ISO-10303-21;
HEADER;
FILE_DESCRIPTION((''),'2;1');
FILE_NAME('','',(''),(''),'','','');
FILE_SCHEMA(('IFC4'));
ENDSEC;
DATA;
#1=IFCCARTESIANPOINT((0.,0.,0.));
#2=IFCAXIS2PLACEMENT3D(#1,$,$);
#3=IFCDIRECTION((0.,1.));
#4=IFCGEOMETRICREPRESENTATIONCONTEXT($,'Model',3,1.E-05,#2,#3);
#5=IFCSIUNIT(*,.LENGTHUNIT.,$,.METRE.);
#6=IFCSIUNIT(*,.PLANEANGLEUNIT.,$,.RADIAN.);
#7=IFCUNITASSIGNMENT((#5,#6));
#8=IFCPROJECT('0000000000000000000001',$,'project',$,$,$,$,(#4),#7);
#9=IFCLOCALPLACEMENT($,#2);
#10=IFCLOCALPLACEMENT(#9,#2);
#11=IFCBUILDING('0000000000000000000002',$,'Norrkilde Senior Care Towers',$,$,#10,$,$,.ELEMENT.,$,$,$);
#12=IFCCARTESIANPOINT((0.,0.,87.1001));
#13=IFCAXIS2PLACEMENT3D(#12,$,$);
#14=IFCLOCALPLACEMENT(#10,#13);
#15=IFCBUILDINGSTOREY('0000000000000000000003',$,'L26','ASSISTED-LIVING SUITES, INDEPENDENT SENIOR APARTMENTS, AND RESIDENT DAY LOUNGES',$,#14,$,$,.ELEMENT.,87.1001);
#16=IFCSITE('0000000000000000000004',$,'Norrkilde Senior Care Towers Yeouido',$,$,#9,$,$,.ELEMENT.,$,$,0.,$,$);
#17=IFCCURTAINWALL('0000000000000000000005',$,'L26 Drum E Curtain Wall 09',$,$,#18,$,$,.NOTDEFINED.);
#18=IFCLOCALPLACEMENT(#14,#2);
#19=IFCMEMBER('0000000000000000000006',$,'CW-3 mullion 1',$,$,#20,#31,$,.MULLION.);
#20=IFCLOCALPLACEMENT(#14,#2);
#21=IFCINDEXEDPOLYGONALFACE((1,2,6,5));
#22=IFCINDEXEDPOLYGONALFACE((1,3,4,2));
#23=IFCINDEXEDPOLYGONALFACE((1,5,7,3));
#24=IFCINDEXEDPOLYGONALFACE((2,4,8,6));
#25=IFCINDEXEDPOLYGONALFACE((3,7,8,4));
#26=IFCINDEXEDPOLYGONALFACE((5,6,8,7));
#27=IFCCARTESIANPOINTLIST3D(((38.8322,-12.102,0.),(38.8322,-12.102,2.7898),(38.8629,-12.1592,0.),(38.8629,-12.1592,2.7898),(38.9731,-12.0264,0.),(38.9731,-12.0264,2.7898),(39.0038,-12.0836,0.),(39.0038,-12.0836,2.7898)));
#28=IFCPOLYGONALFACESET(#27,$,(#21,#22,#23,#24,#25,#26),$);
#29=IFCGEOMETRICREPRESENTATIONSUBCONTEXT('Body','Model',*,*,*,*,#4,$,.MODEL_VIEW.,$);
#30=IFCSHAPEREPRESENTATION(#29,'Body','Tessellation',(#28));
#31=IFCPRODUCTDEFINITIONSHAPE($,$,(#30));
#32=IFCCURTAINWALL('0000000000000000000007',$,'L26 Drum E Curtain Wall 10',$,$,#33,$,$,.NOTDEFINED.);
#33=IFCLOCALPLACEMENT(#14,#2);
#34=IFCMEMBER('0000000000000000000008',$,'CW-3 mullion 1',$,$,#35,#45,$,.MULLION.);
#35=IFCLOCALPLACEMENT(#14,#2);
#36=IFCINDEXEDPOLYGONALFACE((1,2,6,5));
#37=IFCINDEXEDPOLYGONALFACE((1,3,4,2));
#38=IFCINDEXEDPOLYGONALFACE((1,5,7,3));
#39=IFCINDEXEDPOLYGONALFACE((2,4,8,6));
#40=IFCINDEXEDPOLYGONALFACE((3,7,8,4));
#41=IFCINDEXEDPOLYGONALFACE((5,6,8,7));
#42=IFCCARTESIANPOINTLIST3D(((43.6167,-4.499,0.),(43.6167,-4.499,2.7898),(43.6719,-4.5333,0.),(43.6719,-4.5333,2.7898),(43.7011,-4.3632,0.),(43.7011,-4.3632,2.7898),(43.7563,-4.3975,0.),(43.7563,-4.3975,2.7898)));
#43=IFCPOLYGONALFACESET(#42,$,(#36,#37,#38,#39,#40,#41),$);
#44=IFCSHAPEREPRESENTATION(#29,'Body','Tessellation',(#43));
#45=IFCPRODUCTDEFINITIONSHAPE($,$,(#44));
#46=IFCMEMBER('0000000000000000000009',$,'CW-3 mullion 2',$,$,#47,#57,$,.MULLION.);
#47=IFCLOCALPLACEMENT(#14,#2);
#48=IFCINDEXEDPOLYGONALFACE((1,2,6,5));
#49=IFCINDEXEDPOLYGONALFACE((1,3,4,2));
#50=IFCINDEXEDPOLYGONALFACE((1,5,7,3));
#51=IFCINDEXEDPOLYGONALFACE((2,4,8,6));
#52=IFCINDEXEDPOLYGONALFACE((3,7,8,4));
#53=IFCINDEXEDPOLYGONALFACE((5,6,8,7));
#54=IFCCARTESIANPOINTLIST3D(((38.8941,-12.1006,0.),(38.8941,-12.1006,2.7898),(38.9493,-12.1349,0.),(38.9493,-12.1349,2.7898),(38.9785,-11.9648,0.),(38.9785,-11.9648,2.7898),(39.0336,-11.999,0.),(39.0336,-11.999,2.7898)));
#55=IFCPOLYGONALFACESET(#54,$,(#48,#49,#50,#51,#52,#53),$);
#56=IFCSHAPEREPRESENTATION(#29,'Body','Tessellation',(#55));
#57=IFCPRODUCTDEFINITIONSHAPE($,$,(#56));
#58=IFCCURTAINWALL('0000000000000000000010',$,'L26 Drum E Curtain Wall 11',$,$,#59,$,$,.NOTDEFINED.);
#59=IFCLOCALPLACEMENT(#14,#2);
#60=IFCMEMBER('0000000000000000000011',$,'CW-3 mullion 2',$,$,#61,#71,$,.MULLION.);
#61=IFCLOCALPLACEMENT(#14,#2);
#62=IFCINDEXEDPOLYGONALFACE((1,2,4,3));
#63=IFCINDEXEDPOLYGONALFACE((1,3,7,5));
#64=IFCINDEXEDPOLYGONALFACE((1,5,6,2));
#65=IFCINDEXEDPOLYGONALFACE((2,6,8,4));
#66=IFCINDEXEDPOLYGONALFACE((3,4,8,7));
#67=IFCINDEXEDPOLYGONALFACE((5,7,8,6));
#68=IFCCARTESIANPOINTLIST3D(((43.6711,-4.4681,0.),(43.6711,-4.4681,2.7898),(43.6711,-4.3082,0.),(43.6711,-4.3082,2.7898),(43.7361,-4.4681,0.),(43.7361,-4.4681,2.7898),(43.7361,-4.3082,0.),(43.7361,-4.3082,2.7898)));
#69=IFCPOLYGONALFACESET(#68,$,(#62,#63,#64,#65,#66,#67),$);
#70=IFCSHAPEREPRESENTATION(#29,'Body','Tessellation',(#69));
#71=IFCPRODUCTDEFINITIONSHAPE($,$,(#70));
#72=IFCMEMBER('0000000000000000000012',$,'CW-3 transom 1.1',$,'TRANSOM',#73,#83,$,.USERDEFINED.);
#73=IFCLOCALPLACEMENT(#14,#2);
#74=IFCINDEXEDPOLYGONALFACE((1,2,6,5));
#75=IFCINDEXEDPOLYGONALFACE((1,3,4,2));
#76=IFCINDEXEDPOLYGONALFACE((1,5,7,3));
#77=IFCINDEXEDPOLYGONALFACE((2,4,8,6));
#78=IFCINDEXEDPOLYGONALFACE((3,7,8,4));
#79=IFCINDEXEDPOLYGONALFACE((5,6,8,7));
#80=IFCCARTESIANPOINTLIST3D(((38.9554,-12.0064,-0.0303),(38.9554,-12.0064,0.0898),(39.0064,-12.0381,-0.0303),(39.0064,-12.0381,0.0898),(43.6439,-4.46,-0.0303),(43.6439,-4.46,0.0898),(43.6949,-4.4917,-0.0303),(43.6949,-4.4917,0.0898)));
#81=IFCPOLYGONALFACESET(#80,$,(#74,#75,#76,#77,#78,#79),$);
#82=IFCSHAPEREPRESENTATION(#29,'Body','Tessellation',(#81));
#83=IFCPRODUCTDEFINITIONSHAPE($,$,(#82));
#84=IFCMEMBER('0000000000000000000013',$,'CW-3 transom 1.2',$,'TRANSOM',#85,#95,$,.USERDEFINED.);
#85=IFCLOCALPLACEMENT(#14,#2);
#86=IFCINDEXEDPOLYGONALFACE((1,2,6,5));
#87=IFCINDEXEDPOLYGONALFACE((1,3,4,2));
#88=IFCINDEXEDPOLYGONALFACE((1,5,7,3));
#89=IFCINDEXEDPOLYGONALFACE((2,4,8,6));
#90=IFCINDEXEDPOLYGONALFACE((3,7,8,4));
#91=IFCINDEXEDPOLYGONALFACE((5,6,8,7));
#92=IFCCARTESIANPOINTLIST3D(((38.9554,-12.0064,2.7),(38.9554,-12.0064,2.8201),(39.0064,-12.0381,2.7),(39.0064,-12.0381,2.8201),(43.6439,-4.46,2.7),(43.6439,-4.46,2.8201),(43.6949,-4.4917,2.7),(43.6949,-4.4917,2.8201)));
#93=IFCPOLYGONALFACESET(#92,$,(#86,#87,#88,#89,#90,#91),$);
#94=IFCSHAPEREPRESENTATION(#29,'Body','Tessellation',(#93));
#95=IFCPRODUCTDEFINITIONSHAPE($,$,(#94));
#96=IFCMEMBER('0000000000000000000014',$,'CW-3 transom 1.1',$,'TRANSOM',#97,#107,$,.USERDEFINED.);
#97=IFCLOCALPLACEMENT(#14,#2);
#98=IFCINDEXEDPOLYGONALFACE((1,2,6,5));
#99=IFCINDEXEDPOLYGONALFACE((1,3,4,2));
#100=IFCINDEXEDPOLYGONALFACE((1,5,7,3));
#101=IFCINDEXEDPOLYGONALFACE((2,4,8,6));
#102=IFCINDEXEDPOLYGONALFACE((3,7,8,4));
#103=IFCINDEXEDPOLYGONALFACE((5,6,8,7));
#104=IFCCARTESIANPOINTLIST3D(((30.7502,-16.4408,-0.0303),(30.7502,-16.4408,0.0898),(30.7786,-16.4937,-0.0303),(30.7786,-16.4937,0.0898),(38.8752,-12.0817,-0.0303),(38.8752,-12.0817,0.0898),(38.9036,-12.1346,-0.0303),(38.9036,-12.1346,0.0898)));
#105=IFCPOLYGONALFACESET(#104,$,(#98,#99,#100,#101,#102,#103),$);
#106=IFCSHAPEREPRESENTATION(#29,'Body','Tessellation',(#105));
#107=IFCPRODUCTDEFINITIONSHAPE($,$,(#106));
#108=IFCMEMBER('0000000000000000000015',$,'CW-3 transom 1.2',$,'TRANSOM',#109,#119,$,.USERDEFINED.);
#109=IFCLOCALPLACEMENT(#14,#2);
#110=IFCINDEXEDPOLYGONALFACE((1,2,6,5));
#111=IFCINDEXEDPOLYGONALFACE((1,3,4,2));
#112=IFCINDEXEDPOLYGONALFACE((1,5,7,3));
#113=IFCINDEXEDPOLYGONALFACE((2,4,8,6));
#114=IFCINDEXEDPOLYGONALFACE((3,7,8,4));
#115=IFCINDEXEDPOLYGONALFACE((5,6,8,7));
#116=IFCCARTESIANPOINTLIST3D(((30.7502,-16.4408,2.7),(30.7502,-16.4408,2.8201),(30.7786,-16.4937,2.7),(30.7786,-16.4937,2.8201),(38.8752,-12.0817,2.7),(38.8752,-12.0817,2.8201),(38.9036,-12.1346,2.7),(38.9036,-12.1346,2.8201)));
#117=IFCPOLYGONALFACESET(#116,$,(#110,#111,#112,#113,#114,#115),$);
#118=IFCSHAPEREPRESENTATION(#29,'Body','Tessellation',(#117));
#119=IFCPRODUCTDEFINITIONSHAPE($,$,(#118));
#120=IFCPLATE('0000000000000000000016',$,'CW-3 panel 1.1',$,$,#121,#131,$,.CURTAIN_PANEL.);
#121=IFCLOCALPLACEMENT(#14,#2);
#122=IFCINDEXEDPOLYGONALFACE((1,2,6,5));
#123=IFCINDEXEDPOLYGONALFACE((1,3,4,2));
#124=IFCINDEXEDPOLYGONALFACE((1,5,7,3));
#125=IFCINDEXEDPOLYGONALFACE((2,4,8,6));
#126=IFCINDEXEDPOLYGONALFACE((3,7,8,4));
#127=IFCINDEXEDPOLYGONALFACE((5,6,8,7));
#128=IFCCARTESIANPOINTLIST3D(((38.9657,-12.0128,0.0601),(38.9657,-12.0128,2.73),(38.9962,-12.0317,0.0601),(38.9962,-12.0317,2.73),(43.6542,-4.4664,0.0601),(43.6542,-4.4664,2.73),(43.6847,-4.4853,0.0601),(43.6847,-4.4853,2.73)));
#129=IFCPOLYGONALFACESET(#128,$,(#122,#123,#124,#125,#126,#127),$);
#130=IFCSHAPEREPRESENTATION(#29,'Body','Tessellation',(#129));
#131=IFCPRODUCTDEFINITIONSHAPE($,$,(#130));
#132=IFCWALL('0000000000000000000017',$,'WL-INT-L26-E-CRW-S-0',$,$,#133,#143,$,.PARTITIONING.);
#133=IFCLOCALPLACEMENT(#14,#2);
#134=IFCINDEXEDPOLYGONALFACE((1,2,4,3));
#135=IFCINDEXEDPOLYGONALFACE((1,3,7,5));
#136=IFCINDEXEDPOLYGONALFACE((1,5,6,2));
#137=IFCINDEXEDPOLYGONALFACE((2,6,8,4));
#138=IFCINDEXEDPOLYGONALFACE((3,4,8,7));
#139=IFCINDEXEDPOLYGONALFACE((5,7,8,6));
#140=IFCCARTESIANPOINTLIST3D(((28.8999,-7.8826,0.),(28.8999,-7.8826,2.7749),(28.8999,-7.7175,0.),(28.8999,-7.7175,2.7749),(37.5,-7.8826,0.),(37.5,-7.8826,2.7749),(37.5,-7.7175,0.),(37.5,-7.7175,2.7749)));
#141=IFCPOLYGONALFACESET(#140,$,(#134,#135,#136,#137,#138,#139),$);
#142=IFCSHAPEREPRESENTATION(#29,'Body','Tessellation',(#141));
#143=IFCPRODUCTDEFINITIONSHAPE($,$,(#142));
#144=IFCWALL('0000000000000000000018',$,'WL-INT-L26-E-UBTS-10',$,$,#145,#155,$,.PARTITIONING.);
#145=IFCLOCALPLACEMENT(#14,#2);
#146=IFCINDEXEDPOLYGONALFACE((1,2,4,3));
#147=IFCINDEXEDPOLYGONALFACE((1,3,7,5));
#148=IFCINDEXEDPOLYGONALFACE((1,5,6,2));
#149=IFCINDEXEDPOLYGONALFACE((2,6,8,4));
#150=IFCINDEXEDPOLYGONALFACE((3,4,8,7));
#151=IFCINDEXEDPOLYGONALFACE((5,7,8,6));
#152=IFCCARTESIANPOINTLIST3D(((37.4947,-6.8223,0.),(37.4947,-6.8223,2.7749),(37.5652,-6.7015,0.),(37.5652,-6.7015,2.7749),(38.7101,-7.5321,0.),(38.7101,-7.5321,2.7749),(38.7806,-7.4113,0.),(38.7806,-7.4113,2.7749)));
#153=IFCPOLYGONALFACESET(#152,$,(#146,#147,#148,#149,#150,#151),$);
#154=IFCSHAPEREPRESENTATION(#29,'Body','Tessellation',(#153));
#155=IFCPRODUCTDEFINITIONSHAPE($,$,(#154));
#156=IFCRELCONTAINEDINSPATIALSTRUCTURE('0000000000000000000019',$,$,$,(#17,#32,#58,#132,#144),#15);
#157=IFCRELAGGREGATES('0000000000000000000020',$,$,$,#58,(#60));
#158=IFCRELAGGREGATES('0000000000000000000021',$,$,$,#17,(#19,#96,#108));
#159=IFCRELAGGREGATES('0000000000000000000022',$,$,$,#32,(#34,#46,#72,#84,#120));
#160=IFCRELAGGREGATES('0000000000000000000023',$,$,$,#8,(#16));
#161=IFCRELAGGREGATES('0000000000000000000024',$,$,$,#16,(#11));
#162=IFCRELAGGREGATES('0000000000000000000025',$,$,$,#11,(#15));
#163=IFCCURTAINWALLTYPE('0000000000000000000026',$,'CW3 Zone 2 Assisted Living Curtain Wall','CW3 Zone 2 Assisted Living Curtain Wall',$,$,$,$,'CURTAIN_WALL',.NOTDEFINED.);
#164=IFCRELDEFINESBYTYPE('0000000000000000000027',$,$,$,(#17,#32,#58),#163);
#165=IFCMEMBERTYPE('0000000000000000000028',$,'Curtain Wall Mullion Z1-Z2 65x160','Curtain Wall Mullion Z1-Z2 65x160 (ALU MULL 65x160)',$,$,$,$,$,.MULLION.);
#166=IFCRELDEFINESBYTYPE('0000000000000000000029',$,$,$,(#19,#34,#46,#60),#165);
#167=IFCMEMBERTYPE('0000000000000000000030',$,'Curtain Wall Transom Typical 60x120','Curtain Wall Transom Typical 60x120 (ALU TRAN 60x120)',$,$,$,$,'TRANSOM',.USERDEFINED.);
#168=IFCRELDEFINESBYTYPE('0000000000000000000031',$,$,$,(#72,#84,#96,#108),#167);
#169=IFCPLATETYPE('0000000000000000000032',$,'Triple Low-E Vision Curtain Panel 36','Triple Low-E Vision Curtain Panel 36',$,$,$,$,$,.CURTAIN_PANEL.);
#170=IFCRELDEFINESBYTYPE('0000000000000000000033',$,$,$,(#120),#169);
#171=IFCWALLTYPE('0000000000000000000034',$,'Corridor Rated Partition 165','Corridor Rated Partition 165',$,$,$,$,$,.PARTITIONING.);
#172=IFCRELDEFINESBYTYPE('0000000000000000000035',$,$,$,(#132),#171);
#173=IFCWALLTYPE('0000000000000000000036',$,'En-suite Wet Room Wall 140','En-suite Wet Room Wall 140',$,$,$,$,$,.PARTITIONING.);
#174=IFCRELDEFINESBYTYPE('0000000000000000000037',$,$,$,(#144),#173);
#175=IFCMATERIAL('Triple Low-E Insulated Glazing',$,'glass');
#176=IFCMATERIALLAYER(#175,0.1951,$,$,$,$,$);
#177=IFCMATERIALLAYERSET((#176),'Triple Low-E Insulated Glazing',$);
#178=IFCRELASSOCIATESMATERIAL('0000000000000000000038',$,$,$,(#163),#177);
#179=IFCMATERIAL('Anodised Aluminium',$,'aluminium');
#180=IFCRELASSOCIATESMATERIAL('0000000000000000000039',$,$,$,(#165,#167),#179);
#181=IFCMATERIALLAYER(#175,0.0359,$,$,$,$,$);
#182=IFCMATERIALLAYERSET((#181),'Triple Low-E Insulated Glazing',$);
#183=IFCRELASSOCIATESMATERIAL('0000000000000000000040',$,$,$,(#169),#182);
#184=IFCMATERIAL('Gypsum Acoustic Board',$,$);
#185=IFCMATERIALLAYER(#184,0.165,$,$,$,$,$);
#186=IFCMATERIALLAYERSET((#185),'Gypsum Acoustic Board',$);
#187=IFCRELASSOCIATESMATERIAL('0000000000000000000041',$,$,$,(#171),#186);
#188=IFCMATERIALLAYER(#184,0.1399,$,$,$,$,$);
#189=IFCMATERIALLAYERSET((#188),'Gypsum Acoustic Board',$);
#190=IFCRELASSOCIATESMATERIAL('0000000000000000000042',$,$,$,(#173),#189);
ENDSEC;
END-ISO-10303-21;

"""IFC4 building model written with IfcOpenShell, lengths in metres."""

from ifc_helpers import new_model, si_unit, direction, frame, frame_2d, origin, origin_2d, place, context, subcontext, project, spatial, rectangle, extrude, source, transform, mapped, material, layer, layer_set, material_profile, profile_set, type_object, type_shapes, element, aggregate, save


model = new_model("IFC4")

# Units and contexts
model_context = context("Model", 3, precision=1e-05, world=origin(), true_north=direction((0.0, 1.0)))
body_context = subcontext(model_context, "Body", "Model", "MODEL_VIEW")
ifc_project = project(units=[si_unit("LENGTHUNIT", "METRE"), si_unit("PLANEANGLEUNIT", "RADIAN")], contexts=[model_context])

# Site, building, storey
site_placement = place(None, origin())
site = spatial("IfcSite", under=ifc_project, at=site_placement, Name="Norrkilde Senior Care Towers Yeouido", CompositionType="ELEMENT", RefElevation=0.0)
building_placement = place(site_placement, origin())
building = spatial("IfcBuilding", under=site, at=building_placement, Name="Norrkilde Senior Care Towers", CompositionType="ELEMENT")
storey_placement = place(building_placement, frame((0.0, 0.0, 87.1001)))
storey = spatial("IfcBuildingStorey", under=building, at=storey_placement, Name="L26", Description="ASSISTED-LIVING SUITES, INDEPENDENT SENIOR APARTMENTS, AND RESIDENT DAY LOUNGES", CompositionType="ELEMENT", Elevation=87.1001)

# Curtain wall, member
ifc_material_1 = material(Name="Triple Low-E Insulated Glazing", Category="glass")
ifc_layer_1 = layer(ifc_material_1, 0.1951)
ifc_layer_set_1 = layer_set([ifc_layer_1], Name="Triple Low-E Insulated Glazing")
curtain_wall_type = type_object("IfcCurtainWallType", Name="CW3 Zone 2 Assisted Living Curtain Wall", Description="CW3 Zone 2 Assisted Living Curtain Wall", ElementType="CURTAIN_WALL", PredefinedType="NOTDEFINED", material=ifc_layer_set_1)
curtain_wall_1_placement = place(storey_placement, origin())
curtain_wall_1 = element("IfcCurtainWall", 1, at=curtain_wall_1_placement, inside=storey, type_object=curtain_wall_type, Name="L26 Drum E Curtain Wall 09", PredefinedType="NOTDEFINED")
ifc_material_2 = material(Name="Anodised Aluminium", Category="aluminium")
ifc_material_profile_1 = material_profile(ifc_material_2, rectangle(XDim=0.0649, YDim=0.1599, at=origin_2d()), Name="ALU MULL 65x160")
ifc_profile_set_1 = profile_set([ifc_material_profile_1], Name="Anodised Aluminium")
member_type_1 = type_object("IfcMemberType", Name="Curtain Wall Mullion Z1-Z2 65x160", Description="Curtain Wall Mullion Z1-Z2 65x160 (ALU MULL 65x160)", PredefinedType="MULLION", material=ifc_profile_set_1)
shared_shape_1 = source(origin(), body_context, "Body", "SweptSolid", [
    extrude(rectangle(XDim=0.0649, YDim=0.1599, at=origin_2d()), origin(), (0.0, 0.0, 1.0), 2.7898),
])
type_shapes(member_type_1, [shared_shape_1])
member_1_placement = place(storey_placement, frame((38.918, -12.0928, 0.0), z_axis=(0.0, 0.0, 1.0), x_axis=(0.472769, -0.881186, 0.0)))
member_1 = element("IfcMember", 2, at=member_1_placement, type_object=member_type_1, Name="CW-3 mullion 1", PredefinedType="MULLION", context=body_context, shape_type="MappedRepresentation", body=[
    mapped(shared_shape_1, transform((0.0, 0.0, 0.0), x_axis=(1.0, 0.0, 0.0), y_axis=(0.0, 1.0, 0.0), z_axis=(0.0, 0.0, 1.0), scale=1.0)),
])

# Curtain wall, members
curtain_wall_2_placement = place(storey_placement, origin())
curtain_wall_2 = element("IfcCurtainWall", 3, at=curtain_wall_2_placement, inside=storey, type_object=curtain_wall_type, Name="L26 Drum E Curtain Wall 10", PredefinedType="NOTDEFINED")
member_2_placement = place(storey_placement, frame((43.6865, -4.4482, 0.0), z_axis=(0.0, 0.0, 1.0), x_axis=(0.84941, -0.527733, 0.0)))
member_2 = element("IfcMember", 4, at=member_2_placement, type_object=member_type_1, Name="CW-3 mullion 1", PredefinedType="MULLION", context=body_context, shape_type="MappedRepresentation", body=[
    mapped(shared_shape_1, transform((0.0, 0.0, 0.0), x_axis=(1.0, 0.0, 0.0), y_axis=(0.0, 1.0, 0.0), z_axis=(0.0, 0.0, 1.0), scale=1.0)),
])
member_3_placement = place(storey_placement, frame((38.9639, -12.0498, 0.0), z_axis=(0.0, 0.0, 1.0), x_axis=(0.84941, -0.527733, 0.0)))
member_3 = element("IfcMember", 5, at=member_3_placement, type_object=member_type_1, Name="CW-3 mullion 2", PredefinedType="MULLION", context=body_context, shape_type="MappedRepresentation", body=[
    mapped(shared_shape_1, transform((0.0, 0.0, 0.0), x_axis=(1.0, 0.0, 0.0), y_axis=(0.0, 1.0, 0.0), z_axis=(0.0, 0.0, 1.0), scale=1.0)),
])

# Curtain wall, member
curtain_wall_3_placement = place(storey_placement, origin())
curtain_wall_3 = element("IfcCurtainWall", 6, at=curtain_wall_3_placement, inside=storey, type_object=curtain_wall_type, Name="L26 Drum E Curtain Wall 11", PredefinedType="NOTDEFINED")
member_4_placement = place(storey_placement, frame((43.7036, -4.3882, 0.0), z_axis=(0.0, 0.0, 1.0), x_axis=(1.0, 0.0, 0.0)))
member_4 = element("IfcMember", 7, at=member_4_placement, type_object=member_type_1, Name="CW-3 mullion 2", PredefinedType="MULLION", context=body_context, shape_type="MappedRepresentation", body=[
    mapped(shared_shape_1, transform((0.0, 0.0, 0.0), x_axis=(1.0, 0.0, 0.0), y_axis=(0.0, 1.0, 0.0), z_axis=(0.0, 0.0, 1.0), scale=1.0)),
])
aggregate(curtain_wall_3, [member_4])

# Members
ifc_material_profile_2 = material_profile(ifc_material_2, rectangle(XDim=0.0601, YDim=0.1201, at=origin_2d()), Name="ALU TRAN 60x120")
ifc_profile_set_2 = profile_set([ifc_material_profile_2], Name="Anodised Aluminium")
member_type_2 = type_object("IfcMemberType", Name="Curtain Wall Transom Typical 60x120", Description="Curtain Wall Transom Typical 60x120 (ALU TRAN 60x120)", ElementType="TRANSOM", PredefinedType="USERDEFINED", material=ifc_profile_set_2)
shared_shape_2 = source(origin(), body_context, "Body", "SweptSolid", [
    extrude(rectangle(XDim=0.0601, YDim=0.1201, at=origin_2d()), origin(), (0.0, 0.0, 1.0), 8.8843),
])
member_5_placement = place(storey_placement, frame((43.6694, -4.4758, 0.0298), z_axis=(-0.527729, -0.849413, 0.0), x_axis=(0.849413, -0.527729, 0.0)))
member_5 = element("IfcMember", 8, at=member_5_placement, type_object=member_type_2, Name="CW-3 transom 1.1", ObjectType="TRANSOM", PredefinedType="USERDEFINED", context=body_context, shape_type="MappedRepresentation", body=[
    mapped(shared_shape_2, transform((0.0, 0.0, 0.0), x_axis=(1.0, 0.0, 0.0), y_axis=(0.0, 1.0, 0.0), z_axis=(0.0, 0.0, 1.0), scale=1.0)),
])
member_6_placement = place(storey_placement, frame((43.6694, -4.4758, 2.76), z_axis=(-0.527729, -0.849413, 0.0), x_axis=(0.849413, -0.527729, 0.0)))
member_6 = element("IfcMember", 9, at=member_6_placement, type_object=member_type_2, Name="CW-3 transom 1.2", ObjectType="TRANSOM", PredefinedType="USERDEFINED", context=body_context, shape_type="MappedRepresentation", body=[
    mapped(shared_shape_2, transform((0.0, 0.0, 0.0), x_axis=(1.0, 0.0, 0.0), y_axis=(0.0, 1.0, 0.0), z_axis=(0.0, 0.0, 1.0), scale=1.0)),
])
shared_shape_3 = source(origin(), body_context, "Body", "SweptSolid", [
    extrude(rectangle(XDim=0.0601, YDim=0.1201, at=origin_2d()), origin(), (0.0, 0.0, 1.0), 9.2205),
])
type_shapes(member_type_2, [shared_shape_2, shared_shape_3])
member_7_placement = place(storey_placement, frame((38.8894, -12.1082, 0.0298), z_axis=(-0.881189, -0.472765, 0.0), x_axis=(0.472765, -0.881189, 0.0)))
member_7 = element("IfcMember", 10, at=member_7_placement, type_object=member_type_2, Name="CW-3 transom 1.1", ObjectType="TRANSOM", PredefinedType="USERDEFINED", context=body_context, shape_type="MappedRepresentation", body=[
    mapped(shared_shape_3, transform((0.0, 0.0, 0.0), x_axis=(1.0, 0.0, 0.0), y_axis=(0.0, 1.0, 0.0), z_axis=(0.0, 0.0, 1.0), scale=1.0)),
])
member_8_placement = place(storey_placement, frame((38.8894, -12.1082, 2.76), z_axis=(-0.881189, -0.472765, 0.0), x_axis=(0.472765, -0.881189, 0.0)))
member_8 = element("IfcMember", 11, at=member_8_placement, type_object=member_type_2, Name="CW-3 transom 1.2", ObjectType="TRANSOM", PredefinedType="USERDEFINED", context=body_context, shape_type="MappedRepresentation", body=[
    mapped(shared_shape_3, transform((0.0, 0.0, 0.0), x_axis=(1.0, 0.0, 0.0), y_axis=(0.0, 1.0, 0.0), z_axis=(0.0, 0.0, 1.0), scale=1.0)),
])
aggregate(curtain_wall_1, [member_1, member_7, member_8])

# Plate
ifc_layer_2 = layer(ifc_material_1, 0.0359)
ifc_layer_set_2 = layer_set([ifc_layer_2], Name="Triple Low-E Insulated Glazing")
plate_type = type_object("IfcPlateType", Name="Triple Low-E Vision Curtain Panel 36", Description="Triple Low-E Vision Curtain Panel 36", PredefinedType="CURTAIN_PANEL", material=ifc_layer_set_2)
shared_shape_4 = source(origin(), body_context, "Body", "SweptSolid", [
    extrude(rectangle(XDim=8.8843, YDim=0.0359, at=origin_2d()), origin(), (0.0, 0.0, 1.0), 2.6699),
])
type_shapes(plate_type, [shared_shape_4])
plate_placement = place(storey_placement, frame((41.3252, -8.249, 0.0601), z_axis=(0.0, 0.0, 1.0), x_axis=(-0.527733, -0.84941, 0.0)))
plate = element("IfcPlate", 12, at=plate_placement, type_object=plate_type, Name="CW-3 panel 1.1", PredefinedType="CURTAIN_PANEL", context=body_context, shape_type="MappedRepresentation", body=[
    mapped(shared_shape_4, transform((0.0, 0.0, 0.0), x_axis=(1.0, 0.0, 0.0), y_axis=(0.0, 1.0, 0.0), z_axis=(0.0, 0.0, 1.0), scale=1.0)),
])
aggregate(curtain_wall_2, [member_2, member_3, member_5, member_6, plate])

# Walls
ifc_material_3 = material(Name="Gypsum Acoustic Board")
ifc_layer_3 = layer(ifc_material_3, 0.165)
ifc_layer_set_3 = layer_set([ifc_layer_3], Name="Gypsum Acoustic Board")
wall_type_1 = type_object("IfcWallType", Name="Corridor Rated Partition 165", Description="Corridor Rated Partition 165", PredefinedType="PARTITIONING", material=ifc_layer_set_3)
shared_shape_5 = source(origin(), body_context, "Body", "SweptSolid", [
    extrude(rectangle(XDim=8.6001, YDim=0.165, at=frame_2d((4.3, 0.0))), origin(), (0.0, 0.0, 1.0), 2.7749),
])
type_shapes(wall_type_1, [shared_shape_5])
wall_1_placement = place(storey_placement, frame((37.5, -7.8, 0.0), z_axis=(0.0, 0.0, 1.0), x_axis=(-1.0, 0.0, 0.0)))
element("IfcWall", 13, at=wall_1_placement, inside=storey, type_object=wall_type_1, Name="WL-INT-L26-E-CRW-S-0", PredefinedType="PARTITIONING", context=body_context, shape_type="MappedRepresentation", body=[
    mapped(shared_shape_5, transform((0.0, 0.0, 0.0), x_axis=(1.0, 0.0, 0.0), y_axis=(0.0, 1.0, 0.0), z_axis=(0.0, 0.0, 1.0), scale=1.0)),
])
ifc_layer_4 = layer(ifc_material_3, 0.1399)
ifc_layer_set_4 = layer_set([ifc_layer_4], Name="Gypsum Acoustic Board")
wall_type_2 = type_object("IfcWallType", Name="En-suite Wet Room Wall 140", Description="En-suite Wet Room Wall 140", PredefinedType="PARTITIONING", material=ifc_layer_set_4)
shared_shape_6 = source(origin(), body_context, "Body", "SweptSolid", [
    extrude(rectangle(XDim=1.4075, YDim=0.1399, at=frame_2d((0.7036, 0.0))), origin(), (0.0, 0.0, 1.0), 2.7749),
])
wall_2_placement = place(storey_placement, frame((37.53, -6.762, 0.0), z_axis=(0.0, 0.0, 1.0), x_axis=(0.86354, -0.504281, 0.0)))
element("IfcWall", 14, at=wall_2_placement, inside=storey, type_object=wall_type_2, Name="WL-INT-L26-E-UBTS-10", PredefinedType="PARTITIONING", context=body_context, shape_type="MappedRepresentation", body=[
    mapped(shared_shape_6, transform((0.0, 0.0, 0.0), x_axis=(1.0, 0.0, 0.0), y_axis=(0.0, 1.0, 0.0), z_axis=(0.0, 0.0, 1.0), scale=1.0)),
])

save(model, "model.ifc")
